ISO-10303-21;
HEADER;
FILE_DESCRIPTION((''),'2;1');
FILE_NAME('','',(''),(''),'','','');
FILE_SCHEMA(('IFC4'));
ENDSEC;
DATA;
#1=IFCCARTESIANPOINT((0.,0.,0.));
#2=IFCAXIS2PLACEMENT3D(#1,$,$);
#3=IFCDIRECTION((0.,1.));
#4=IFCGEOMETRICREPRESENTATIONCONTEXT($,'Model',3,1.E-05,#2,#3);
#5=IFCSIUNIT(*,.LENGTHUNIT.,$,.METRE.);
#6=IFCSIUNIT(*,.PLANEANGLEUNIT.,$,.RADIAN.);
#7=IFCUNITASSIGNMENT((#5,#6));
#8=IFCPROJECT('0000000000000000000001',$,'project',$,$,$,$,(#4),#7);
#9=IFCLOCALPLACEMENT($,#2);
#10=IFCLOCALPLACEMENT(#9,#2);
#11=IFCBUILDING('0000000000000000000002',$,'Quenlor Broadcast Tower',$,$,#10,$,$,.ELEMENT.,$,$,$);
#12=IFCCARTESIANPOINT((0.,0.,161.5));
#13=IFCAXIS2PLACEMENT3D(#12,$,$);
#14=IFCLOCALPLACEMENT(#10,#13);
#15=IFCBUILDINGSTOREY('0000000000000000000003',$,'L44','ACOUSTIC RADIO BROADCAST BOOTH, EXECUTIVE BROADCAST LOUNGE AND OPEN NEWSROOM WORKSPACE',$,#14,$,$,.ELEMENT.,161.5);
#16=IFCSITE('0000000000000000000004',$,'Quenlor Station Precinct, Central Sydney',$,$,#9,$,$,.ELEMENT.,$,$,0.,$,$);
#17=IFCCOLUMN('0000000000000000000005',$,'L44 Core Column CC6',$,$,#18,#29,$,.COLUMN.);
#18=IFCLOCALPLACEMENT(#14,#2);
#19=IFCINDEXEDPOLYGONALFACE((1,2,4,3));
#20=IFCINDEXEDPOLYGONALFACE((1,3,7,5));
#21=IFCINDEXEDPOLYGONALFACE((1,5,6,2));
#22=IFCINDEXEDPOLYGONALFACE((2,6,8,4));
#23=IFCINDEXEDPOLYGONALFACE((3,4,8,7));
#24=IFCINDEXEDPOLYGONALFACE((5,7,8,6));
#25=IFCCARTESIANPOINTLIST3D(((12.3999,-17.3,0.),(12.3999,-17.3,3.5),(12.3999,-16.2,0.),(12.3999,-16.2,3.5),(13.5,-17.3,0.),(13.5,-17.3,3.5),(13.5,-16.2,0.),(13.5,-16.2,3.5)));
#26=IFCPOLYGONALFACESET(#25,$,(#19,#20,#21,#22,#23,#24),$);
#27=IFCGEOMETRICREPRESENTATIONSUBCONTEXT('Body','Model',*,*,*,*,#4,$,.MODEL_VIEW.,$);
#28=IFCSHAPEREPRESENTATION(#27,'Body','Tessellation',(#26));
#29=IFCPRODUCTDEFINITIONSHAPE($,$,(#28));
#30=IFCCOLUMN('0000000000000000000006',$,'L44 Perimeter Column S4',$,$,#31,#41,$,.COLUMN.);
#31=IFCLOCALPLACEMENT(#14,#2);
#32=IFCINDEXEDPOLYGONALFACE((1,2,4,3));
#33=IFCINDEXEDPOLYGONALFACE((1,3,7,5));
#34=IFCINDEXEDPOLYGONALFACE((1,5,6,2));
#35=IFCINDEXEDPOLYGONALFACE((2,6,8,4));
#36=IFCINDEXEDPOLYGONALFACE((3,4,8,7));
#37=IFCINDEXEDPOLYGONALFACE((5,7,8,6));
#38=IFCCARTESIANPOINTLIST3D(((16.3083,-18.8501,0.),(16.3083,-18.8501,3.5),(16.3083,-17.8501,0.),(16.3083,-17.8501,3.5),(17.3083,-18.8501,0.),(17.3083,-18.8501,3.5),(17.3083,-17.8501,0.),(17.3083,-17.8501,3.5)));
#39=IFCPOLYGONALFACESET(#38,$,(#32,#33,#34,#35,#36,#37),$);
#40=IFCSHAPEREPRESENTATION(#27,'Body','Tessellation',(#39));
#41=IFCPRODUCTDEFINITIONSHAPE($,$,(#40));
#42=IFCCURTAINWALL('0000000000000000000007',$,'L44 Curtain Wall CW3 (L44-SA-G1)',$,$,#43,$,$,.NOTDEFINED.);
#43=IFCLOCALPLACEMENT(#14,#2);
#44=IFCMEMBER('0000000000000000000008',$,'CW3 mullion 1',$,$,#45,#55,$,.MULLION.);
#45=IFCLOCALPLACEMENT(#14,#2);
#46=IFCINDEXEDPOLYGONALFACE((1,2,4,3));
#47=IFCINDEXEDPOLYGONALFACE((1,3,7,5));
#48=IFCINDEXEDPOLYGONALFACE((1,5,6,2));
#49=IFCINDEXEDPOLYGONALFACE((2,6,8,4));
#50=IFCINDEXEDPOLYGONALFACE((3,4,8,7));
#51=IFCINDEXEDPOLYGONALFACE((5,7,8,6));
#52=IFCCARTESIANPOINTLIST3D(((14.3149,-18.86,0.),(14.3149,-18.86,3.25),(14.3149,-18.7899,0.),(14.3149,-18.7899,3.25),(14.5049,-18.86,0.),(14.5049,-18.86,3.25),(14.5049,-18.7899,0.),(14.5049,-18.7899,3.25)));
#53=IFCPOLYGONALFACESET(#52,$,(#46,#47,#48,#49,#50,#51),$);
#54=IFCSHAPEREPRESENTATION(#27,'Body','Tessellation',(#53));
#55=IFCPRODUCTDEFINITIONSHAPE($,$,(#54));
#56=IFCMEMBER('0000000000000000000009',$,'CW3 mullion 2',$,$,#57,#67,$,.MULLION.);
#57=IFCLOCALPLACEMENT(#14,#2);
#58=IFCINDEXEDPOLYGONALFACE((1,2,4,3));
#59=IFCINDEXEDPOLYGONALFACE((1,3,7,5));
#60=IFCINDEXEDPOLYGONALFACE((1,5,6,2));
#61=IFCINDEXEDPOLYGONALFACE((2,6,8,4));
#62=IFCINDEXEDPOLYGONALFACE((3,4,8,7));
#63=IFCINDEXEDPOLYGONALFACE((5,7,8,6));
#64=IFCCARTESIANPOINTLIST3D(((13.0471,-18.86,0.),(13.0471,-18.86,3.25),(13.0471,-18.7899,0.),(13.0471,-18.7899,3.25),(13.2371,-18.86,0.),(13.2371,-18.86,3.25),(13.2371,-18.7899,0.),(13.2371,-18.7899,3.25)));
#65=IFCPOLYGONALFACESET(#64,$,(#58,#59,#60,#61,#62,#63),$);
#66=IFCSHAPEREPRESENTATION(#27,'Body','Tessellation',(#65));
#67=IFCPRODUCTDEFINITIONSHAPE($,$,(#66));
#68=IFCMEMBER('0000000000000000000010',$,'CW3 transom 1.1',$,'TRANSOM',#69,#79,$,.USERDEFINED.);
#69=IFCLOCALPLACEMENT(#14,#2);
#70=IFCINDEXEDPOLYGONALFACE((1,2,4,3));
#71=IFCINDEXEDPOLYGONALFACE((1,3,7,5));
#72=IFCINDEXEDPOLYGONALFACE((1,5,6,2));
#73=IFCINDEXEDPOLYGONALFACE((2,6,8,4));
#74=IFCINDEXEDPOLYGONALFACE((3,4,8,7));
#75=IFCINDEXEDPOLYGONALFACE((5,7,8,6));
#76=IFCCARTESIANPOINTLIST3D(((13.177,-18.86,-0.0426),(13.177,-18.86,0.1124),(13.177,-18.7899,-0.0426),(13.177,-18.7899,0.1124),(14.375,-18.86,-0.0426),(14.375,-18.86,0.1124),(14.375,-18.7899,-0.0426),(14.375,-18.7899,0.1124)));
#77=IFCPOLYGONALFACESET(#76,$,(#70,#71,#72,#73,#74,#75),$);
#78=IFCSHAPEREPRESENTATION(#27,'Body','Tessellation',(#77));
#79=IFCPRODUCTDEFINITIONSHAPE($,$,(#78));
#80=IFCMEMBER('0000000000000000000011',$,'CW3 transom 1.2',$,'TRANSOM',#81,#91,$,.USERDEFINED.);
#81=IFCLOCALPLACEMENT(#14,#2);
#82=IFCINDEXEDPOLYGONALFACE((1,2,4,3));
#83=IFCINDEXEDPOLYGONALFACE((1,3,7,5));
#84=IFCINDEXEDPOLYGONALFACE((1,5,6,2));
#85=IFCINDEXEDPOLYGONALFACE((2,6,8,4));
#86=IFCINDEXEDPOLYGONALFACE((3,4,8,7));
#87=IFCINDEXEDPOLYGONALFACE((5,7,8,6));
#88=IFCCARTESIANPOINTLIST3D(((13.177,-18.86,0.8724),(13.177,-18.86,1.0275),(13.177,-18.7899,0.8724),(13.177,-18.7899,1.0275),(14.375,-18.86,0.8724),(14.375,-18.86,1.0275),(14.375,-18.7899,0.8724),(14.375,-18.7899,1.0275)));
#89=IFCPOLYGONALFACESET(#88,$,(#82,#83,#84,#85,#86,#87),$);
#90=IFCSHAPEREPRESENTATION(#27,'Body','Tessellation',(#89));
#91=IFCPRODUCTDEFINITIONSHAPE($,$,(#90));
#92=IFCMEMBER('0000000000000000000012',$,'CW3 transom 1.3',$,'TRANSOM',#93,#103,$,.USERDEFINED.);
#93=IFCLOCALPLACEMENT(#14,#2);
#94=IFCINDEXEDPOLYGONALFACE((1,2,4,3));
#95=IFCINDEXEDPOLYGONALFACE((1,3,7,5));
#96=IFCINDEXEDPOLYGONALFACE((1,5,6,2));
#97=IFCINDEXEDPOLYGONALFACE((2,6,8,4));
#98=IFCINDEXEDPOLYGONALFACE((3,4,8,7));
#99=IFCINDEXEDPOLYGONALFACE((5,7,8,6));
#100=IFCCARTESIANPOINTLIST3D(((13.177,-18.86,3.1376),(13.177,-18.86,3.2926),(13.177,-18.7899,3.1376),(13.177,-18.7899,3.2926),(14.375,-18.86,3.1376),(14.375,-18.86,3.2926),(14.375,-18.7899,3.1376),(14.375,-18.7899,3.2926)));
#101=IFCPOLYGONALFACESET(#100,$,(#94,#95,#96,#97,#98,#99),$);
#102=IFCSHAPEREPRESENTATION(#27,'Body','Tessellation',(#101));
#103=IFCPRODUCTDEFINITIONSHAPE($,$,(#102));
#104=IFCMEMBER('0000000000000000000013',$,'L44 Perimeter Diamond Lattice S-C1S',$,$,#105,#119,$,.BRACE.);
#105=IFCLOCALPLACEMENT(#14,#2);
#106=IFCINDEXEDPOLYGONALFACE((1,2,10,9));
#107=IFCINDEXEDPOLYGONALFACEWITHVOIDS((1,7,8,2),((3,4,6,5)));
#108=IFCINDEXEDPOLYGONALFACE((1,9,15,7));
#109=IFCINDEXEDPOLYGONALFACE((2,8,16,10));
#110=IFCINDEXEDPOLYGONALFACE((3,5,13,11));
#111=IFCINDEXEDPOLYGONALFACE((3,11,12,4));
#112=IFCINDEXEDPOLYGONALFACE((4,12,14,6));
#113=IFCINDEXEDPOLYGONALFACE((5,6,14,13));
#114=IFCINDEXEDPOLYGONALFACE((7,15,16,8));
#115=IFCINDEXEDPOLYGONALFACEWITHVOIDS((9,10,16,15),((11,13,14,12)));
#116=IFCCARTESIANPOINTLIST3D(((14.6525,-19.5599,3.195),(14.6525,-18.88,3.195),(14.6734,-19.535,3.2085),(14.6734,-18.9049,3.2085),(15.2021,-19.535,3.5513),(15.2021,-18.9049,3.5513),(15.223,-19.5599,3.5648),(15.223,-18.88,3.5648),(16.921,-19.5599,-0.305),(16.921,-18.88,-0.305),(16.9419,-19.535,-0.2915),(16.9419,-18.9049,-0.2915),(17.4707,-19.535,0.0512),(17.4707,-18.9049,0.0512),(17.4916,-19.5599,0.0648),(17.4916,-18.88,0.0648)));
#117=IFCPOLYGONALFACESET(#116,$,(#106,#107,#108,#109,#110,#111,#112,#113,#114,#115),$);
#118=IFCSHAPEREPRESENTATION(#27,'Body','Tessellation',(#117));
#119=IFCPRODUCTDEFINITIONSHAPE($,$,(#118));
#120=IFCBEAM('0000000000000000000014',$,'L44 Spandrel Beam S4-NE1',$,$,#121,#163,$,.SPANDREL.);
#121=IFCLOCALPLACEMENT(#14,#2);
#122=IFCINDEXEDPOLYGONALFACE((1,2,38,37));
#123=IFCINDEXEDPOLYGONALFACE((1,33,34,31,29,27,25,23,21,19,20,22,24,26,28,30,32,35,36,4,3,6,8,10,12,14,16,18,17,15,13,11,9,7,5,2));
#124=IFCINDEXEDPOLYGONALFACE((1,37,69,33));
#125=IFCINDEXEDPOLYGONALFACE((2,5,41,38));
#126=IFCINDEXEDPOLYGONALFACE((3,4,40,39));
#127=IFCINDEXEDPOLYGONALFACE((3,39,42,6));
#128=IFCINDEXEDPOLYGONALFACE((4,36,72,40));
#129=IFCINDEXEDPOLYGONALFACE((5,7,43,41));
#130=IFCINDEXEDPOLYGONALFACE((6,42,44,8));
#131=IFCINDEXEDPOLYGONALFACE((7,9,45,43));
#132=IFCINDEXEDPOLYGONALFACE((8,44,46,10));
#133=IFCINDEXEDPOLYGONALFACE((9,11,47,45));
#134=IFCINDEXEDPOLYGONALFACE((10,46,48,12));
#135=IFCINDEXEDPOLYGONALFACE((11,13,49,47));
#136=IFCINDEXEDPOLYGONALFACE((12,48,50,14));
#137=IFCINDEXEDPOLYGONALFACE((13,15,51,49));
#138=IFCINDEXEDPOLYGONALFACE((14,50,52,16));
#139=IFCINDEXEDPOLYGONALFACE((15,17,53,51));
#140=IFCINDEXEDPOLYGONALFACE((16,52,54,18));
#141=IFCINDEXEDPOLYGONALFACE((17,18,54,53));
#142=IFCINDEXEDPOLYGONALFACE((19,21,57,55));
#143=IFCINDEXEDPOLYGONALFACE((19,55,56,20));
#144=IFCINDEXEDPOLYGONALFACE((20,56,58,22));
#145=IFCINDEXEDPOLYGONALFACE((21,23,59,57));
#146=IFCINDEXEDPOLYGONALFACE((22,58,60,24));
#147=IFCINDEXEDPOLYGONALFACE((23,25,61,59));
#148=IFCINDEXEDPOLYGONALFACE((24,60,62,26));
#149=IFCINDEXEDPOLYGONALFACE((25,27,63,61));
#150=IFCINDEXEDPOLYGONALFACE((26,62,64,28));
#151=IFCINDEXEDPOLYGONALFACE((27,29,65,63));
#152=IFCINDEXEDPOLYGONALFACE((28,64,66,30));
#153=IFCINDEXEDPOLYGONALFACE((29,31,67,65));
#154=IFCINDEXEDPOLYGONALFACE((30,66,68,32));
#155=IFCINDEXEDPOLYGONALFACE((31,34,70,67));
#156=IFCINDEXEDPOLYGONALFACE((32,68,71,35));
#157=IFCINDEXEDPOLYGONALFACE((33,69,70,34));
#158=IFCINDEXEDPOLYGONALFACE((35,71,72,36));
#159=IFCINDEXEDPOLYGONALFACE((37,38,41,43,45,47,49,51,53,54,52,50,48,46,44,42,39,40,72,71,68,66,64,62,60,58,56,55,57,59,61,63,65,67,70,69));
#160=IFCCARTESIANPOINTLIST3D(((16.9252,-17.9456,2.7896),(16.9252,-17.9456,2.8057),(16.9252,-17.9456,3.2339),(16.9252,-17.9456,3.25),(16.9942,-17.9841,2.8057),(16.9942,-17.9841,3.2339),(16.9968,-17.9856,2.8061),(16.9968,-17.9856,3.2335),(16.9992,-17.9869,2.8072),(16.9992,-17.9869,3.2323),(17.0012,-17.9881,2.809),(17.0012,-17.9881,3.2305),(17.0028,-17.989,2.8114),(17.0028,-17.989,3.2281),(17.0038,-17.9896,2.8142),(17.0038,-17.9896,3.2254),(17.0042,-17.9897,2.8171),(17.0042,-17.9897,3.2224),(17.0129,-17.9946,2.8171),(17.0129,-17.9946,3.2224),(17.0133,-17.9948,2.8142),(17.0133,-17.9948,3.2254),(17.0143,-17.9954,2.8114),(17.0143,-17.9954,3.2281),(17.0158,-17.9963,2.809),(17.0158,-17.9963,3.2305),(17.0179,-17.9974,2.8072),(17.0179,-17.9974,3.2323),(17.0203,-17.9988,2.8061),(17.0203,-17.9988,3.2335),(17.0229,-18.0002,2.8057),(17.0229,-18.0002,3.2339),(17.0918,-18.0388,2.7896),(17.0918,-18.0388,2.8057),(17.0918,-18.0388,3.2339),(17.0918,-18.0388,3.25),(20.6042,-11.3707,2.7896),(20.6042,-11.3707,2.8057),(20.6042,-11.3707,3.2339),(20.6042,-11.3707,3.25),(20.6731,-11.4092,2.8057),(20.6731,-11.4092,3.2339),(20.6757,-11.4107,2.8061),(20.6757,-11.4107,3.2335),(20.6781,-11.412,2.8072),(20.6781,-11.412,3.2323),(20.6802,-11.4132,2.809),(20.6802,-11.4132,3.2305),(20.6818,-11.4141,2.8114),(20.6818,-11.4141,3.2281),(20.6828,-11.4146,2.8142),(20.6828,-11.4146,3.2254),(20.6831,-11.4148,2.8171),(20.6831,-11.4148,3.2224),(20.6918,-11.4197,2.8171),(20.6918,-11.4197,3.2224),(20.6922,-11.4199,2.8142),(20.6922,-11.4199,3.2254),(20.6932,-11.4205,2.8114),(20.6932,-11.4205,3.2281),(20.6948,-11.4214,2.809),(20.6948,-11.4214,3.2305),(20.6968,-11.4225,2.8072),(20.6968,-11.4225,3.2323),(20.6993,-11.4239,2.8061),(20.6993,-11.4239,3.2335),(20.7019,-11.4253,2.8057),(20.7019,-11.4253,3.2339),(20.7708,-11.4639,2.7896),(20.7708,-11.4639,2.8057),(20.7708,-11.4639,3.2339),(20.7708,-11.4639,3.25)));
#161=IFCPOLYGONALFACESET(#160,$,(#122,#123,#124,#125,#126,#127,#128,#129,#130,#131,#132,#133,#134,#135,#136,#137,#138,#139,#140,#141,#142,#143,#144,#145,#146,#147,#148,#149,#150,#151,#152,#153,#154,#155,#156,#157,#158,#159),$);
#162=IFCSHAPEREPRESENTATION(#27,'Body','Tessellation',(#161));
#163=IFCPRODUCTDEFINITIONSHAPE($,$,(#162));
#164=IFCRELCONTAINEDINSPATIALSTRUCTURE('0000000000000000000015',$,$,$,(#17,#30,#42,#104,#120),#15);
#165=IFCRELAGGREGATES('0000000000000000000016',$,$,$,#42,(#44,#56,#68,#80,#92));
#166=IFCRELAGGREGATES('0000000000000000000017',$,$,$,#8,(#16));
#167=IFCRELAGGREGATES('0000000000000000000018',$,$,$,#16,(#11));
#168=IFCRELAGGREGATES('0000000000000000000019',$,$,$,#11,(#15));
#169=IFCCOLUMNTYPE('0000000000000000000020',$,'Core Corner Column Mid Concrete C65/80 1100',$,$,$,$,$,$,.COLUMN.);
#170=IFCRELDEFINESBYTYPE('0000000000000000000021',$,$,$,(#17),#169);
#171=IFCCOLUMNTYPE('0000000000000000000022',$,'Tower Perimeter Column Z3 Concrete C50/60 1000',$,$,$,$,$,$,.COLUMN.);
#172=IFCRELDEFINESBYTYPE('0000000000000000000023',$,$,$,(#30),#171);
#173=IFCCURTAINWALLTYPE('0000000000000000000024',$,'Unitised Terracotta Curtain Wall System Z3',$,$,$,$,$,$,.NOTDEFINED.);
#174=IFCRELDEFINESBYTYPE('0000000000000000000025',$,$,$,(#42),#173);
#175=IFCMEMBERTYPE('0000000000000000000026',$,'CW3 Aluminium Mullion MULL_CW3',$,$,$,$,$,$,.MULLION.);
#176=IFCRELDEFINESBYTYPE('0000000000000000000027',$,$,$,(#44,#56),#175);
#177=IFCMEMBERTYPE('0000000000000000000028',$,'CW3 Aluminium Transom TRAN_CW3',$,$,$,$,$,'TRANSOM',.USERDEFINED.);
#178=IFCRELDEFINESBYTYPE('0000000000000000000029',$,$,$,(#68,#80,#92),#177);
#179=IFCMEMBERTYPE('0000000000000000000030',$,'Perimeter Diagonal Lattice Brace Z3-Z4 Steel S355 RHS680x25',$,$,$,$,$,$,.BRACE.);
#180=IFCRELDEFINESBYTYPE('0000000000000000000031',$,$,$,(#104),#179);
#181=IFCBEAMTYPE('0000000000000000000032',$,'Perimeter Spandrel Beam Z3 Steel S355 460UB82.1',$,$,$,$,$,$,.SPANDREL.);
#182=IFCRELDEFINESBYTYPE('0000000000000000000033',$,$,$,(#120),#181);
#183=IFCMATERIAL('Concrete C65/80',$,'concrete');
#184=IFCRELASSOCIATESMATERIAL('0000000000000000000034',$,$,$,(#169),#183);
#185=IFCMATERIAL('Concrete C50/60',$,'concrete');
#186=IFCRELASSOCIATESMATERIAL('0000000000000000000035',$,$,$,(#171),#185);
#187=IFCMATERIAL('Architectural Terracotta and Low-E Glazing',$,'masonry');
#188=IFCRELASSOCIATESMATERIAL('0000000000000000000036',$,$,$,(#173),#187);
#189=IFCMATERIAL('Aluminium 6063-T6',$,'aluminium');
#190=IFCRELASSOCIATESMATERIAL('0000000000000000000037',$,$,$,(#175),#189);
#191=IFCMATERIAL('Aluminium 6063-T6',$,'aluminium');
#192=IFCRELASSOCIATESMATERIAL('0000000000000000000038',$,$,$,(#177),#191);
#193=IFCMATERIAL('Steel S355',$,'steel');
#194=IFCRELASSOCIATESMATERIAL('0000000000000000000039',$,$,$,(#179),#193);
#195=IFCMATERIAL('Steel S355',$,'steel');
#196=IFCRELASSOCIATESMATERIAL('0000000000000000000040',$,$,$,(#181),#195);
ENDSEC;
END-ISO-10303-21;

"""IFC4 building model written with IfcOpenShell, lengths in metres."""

from ifc_helpers import new_model, si_unit, direction, frame, origin, origin_2d, place, context, subcontext, project, spatial, rectangle, hollow_rectangle, i_section, extrude, material, material_profile, profile_set, type_object, element, aggregate, save


model = new_model("IFC4")

# Units and contexts
model_context = context("Model", 3, precision=1e-05, world=origin(), true_north=direction((0.0, 1.0)))
body_context = subcontext(model_context, "Body", "Model", "MODEL_VIEW")
ifc_project = project(units=[si_unit("LENGTHUNIT", "METRE"), si_unit("PLANEANGLEUNIT", "RADIAN")], contexts=[model_context])

# Site, building, storey
site_placement = place(None, origin())
site = spatial("IfcSite", under=ifc_project, at=site_placement, Name="Quenlor Station Precinct, Central Sydney", CompositionType="ELEMENT", RefElevation=0.0)
building_placement = place(site_placement, origin())
building = spatial("IfcBuilding", under=site, at=building_placement, Name="Quenlor Broadcast Tower", CompositionType="ELEMENT")
storey_placement = place(building_placement, frame((0.0, 0.0, 161.5)))
storey = spatial("IfcBuildingStorey", under=building, at=storey_placement, Name="L44", Description="ACOUSTIC RADIO BROADCAST BOOTH, EXECUTIVE BROADCAST LOUNGE AND OPEN NEWSROOM WORKSPACE", CompositionType="ELEMENT", Elevation=161.5)

# Columns
ifc_material_1 = material(Name="Concrete C65/80", Category="concrete")
ifc_material_profile_1 = material_profile(ifc_material_1, rectangle(XDim=1.1001, YDim=1.1001, at=origin_2d()))
ifc_profile_set_1 = profile_set([ifc_material_profile_1], Name="Concrete C65/80 RC1100x1100")
column_type_1 = type_object("IfcColumnType", Name="Core Corner Column Mid Concrete C65/80 1100", PredefinedType="COLUMN", material=ifc_profile_set_1)
column_1_placement = place(storey_placement, frame((12.95, -16.75, 0.0), z_axis=(0.0, 0.0, 1.0), x_axis=(1.0, 0.0, 0.0)))
element("IfcColumn", 1, at=column_1_placement, inside=storey, type_object=column_type_1, Name="L44 Core Column CC6", PredefinedType="COLUMN", context=body_context, shape_type="SweptSolid", body=[
    extrude(rectangle(XDim=1.1001, YDim=1.1001, at=origin_2d()), origin(), (0.0, 0.0, 1.0), 3.5),
])
ifc_material_2 = material(Name="Concrete C50/60", Category="concrete")
ifc_material_profile_2 = material_profile(ifc_material_2, rectangle(XDim=1.0, YDim=1.0, at=origin_2d()))
ifc_profile_set_2 = profile_set([ifc_material_profile_2], Name="Concrete C50/60 RC1000x1000")
column_type_2 = type_object("IfcColumnType", Name="Tower Perimeter Column Z3 Concrete C50/60 1000", PredefinedType="COLUMN", material=ifc_profile_set_2)
column_2_placement = place(storey_placement, frame((16.8083, -18.3501, 0.0), z_axis=(0.0, 0.0, 1.0), x_axis=(0.0, 1.0, 0.0)))
element("IfcColumn", 2, at=column_2_placement, inside=storey, type_object=column_type_2, Name="L44 Perimeter Column S4", PredefinedType="COLUMN", context=body_context, shape_type="SweptSolid", body=[
    extrude(rectangle(XDim=1.0, YDim=1.0, at=origin_2d()), origin(), (0.0, 0.0, 1.0), 3.5),
])

# Curtain wall, members
ifc_material_3 = material(Name="Architectural Terracotta and Low-E Glazing", Category="masonry")
curtain_wall_type = type_object("IfcCurtainWallType", Name="Unitised Terracotta Curtain Wall System Z3", PredefinedType="NOTDEFINED", material=ifc_material_3)
curtain_wall_placement = place(storey_placement, origin())
curtain_wall = element("IfcCurtainWall", 3, at=curtain_wall_placement, inside=storey, type_object=curtain_wall_type, Name="L44 Curtain Wall CW3 (L44-SA-G1)", PredefinedType="NOTDEFINED")
ifc_material_4 = material(Name="Aluminium 6063-T6", Category="aluminium")
ifc_material_profile_3 = material_profile(ifc_material_4, rectangle(XDim=0.0701, YDim=0.1899, at=origin_2d()))
ifc_profile_set_3 = profile_set([ifc_material_profile_3], Name="Aluminium 6063-T6 MULL70x190")
member_type_1 = type_object("IfcMemberType", Name="CW3 Aluminium Mullion MULL_CW3", PredefinedType="MULLION", material=ifc_profile_set_3)
member_1_placement = place(storey_placement, frame((14.4099, -18.825, 0.0), z_axis=(0.0, 0.0, 1.0), x_axis=(0.0, -1.0, 0.0)))
member_1 = element("IfcMember", 4, at=member_1_placement, type_object=member_type_1, Name="CW3 mullion 1", PredefinedType="MULLION", context=body_context, shape_type="SweptSolid", body=[
    extrude(rectangle(XDim=0.0701, YDim=0.1899, at=origin_2d()), origin(), (0.0, 0.0, 1.0), 3.25),
])
member_2_placement = place(storey_placement, frame((13.1421, -18.825, 0.0), z_axis=(0.0, 0.0, 1.0), x_axis=(0.0, -1.0, 0.0)))
member_2 = element("IfcMember", 5, at=member_2_placement, type_object=member_type_1, Name="CW3 mullion 2", PredefinedType="MULLION", context=body_context, shape_type="SweptSolid", body=[
    extrude(rectangle(XDim=0.0701, YDim=0.1899, at=origin_2d()), origin(), (0.0, 0.0, 1.0), 3.25),
])
ifc_material_5 = material(Name="Aluminium 6063-T6", Category="aluminium")
ifc_material_profile_4 = material_profile(ifc_material_5, rectangle(XDim=0.0701, YDim=0.155, at=origin_2d()))
ifc_profile_set_4 = profile_set([ifc_material_profile_4], Name="Aluminium 6063-T6 TRAN70x155")
member_type_2 = type_object("IfcMemberType", Name="CW3 Aluminium Transom TRAN_CW3", ElementType="TRANSOM", PredefinedType="USERDEFINED", material=ifc_profile_set_4)
member_3_placement = place(storey_placement, frame((14.375, -18.825, 0.0349), z_axis=(-1.0, 0.0, 0.0), x_axis=(0.0, -1.0, 0.0)))
member_3 = element("IfcMember", 6, at=member_3_placement, type_object=member_type_2, Name="CW3 transom 1.1", ObjectType="TRANSOM", PredefinedType="USERDEFINED", context=body_context, shape_type="SweptSolid", body=[
    extrude(rectangle(XDim=0.0701, YDim=0.155, at=origin_2d()), origin(), (0.0, 0.0, 1.0), 1.198),
])
member_4_placement = place(storey_placement, frame((14.375, -18.825, 0.95), z_axis=(-1.0, 0.0, 0.0), x_axis=(0.0, -1.0, 0.0)))
member_4 = element("IfcMember", 7, at=member_4_placement, type_object=member_type_2, Name="CW3 transom 1.2", ObjectType="TRANSOM", PredefinedType="USERDEFINED", context=body_context, shape_type="SweptSolid", body=[
    extrude(rectangle(XDim=0.0701, YDim=0.155, at=origin_2d()), origin(), (0.0, 0.0, 1.0), 1.198),
])
member_5_placement = place(storey_placement, frame((14.375, -18.825, 3.2151), z_axis=(-1.0, 0.0, 0.0), x_axis=(0.0, -1.0, 0.0)))
member_5 = element("IfcMember", 8, at=member_5_placement, type_object=member_type_2, Name="CW3 transom 1.3", ObjectType="TRANSOM", PredefinedType="USERDEFINED", context=body_context, shape_type="SweptSolid", body=[
    extrude(rectangle(XDim=0.0701, YDim=0.155, at=origin_2d()), origin(), (0.0, 0.0, 1.0), 1.198),
])

# Member
ifc_material_6 = material(Name="Steel S355", Category="steel")
ifc_material_profile_5 = material_profile(ifc_material_6, hollow_rectangle(XDim=0.6799, YDim=0.6799, WallThickness=0.0249, at=origin_2d()))
ifc_profile_set_5 = profile_set([ifc_material_profile_5], Name="Steel S355 RHS680x680x25")
member_type_3 = type_object("IfcMemberType", Name="Perimeter Diagonal Lattice Brace Z3-Z4 Steel S355 RHS680x25", PredefinedType="BRACE", material=ifc_profile_set_5)
member_6_placement = place(storey_placement, frame((17.2063, -19.22, -0.1201), z_axis=(-0.543902, 0.0, 0.839149), x_axis=(0.0, -1.0, 0.0)))
element("IfcMember", 9, at=member_6_placement, inside=storey, type_object=member_type_3, Name="L44 Perimeter Diamond Lattice S-C1S", PredefinedType="BRACE", context=body_context, shape_type="SweptSolid", body=[
    extrude(hollow_rectangle(XDim=0.6799, YDim=0.6799, WallThickness=0.0249, at=origin_2d()), origin(), (0.0, 0.0, 1.0), 4.1709),
])

# Beam
ifc_material_7 = material(Name="Steel S355", Category="steel")
ifc_material_profile_6 = material_profile(ifc_material_7, i_section(OverallWidth=0.1909, OverallDepth=0.4604, WebThickness=0.01, FlangeThickness=0.0161, FilletRadius=0.0115, at=origin_2d()))
ifc_profile_set_6 = profile_set([ifc_material_profile_6], Name="Steel S355 460UB82.1")
beam_type_1 = type_object("IfcBeamType", Name="Perimeter Spandrel Beam Z3 Steel S355 460UB82.1", PredefinedType="SPANDREL", material=ifc_profile_set_6)
beam_1_placement = place(storey_placement, frame((17.0085, -17.9922, 3.0198), z_axis=(0.488298, 0.872677, 0.0), x_axis=(-0.872677, 0.488298, 0.0)))
element("IfcBeam", 10, at=beam_1_placement, inside=storey, type_object=beam_type_1, Name="L44 Spandrel Beam S4-NE1", PredefinedType="SPANDREL", context=body_context, shape_type="SweptSolid", body=[
    extrude(i_section(OverallWidth=0.1909, OverallDepth=0.4604, WebThickness=0.01, FlangeThickness=0.0161, FilletRadius=0.0115, at=origin_2d()), origin(), (0.0, 0.0, 1.0), 7.5342),
])

aggregate(curtain_wall, [member_1, member_2, member_3, member_4, member_5])

save(model, "model.ifc")
